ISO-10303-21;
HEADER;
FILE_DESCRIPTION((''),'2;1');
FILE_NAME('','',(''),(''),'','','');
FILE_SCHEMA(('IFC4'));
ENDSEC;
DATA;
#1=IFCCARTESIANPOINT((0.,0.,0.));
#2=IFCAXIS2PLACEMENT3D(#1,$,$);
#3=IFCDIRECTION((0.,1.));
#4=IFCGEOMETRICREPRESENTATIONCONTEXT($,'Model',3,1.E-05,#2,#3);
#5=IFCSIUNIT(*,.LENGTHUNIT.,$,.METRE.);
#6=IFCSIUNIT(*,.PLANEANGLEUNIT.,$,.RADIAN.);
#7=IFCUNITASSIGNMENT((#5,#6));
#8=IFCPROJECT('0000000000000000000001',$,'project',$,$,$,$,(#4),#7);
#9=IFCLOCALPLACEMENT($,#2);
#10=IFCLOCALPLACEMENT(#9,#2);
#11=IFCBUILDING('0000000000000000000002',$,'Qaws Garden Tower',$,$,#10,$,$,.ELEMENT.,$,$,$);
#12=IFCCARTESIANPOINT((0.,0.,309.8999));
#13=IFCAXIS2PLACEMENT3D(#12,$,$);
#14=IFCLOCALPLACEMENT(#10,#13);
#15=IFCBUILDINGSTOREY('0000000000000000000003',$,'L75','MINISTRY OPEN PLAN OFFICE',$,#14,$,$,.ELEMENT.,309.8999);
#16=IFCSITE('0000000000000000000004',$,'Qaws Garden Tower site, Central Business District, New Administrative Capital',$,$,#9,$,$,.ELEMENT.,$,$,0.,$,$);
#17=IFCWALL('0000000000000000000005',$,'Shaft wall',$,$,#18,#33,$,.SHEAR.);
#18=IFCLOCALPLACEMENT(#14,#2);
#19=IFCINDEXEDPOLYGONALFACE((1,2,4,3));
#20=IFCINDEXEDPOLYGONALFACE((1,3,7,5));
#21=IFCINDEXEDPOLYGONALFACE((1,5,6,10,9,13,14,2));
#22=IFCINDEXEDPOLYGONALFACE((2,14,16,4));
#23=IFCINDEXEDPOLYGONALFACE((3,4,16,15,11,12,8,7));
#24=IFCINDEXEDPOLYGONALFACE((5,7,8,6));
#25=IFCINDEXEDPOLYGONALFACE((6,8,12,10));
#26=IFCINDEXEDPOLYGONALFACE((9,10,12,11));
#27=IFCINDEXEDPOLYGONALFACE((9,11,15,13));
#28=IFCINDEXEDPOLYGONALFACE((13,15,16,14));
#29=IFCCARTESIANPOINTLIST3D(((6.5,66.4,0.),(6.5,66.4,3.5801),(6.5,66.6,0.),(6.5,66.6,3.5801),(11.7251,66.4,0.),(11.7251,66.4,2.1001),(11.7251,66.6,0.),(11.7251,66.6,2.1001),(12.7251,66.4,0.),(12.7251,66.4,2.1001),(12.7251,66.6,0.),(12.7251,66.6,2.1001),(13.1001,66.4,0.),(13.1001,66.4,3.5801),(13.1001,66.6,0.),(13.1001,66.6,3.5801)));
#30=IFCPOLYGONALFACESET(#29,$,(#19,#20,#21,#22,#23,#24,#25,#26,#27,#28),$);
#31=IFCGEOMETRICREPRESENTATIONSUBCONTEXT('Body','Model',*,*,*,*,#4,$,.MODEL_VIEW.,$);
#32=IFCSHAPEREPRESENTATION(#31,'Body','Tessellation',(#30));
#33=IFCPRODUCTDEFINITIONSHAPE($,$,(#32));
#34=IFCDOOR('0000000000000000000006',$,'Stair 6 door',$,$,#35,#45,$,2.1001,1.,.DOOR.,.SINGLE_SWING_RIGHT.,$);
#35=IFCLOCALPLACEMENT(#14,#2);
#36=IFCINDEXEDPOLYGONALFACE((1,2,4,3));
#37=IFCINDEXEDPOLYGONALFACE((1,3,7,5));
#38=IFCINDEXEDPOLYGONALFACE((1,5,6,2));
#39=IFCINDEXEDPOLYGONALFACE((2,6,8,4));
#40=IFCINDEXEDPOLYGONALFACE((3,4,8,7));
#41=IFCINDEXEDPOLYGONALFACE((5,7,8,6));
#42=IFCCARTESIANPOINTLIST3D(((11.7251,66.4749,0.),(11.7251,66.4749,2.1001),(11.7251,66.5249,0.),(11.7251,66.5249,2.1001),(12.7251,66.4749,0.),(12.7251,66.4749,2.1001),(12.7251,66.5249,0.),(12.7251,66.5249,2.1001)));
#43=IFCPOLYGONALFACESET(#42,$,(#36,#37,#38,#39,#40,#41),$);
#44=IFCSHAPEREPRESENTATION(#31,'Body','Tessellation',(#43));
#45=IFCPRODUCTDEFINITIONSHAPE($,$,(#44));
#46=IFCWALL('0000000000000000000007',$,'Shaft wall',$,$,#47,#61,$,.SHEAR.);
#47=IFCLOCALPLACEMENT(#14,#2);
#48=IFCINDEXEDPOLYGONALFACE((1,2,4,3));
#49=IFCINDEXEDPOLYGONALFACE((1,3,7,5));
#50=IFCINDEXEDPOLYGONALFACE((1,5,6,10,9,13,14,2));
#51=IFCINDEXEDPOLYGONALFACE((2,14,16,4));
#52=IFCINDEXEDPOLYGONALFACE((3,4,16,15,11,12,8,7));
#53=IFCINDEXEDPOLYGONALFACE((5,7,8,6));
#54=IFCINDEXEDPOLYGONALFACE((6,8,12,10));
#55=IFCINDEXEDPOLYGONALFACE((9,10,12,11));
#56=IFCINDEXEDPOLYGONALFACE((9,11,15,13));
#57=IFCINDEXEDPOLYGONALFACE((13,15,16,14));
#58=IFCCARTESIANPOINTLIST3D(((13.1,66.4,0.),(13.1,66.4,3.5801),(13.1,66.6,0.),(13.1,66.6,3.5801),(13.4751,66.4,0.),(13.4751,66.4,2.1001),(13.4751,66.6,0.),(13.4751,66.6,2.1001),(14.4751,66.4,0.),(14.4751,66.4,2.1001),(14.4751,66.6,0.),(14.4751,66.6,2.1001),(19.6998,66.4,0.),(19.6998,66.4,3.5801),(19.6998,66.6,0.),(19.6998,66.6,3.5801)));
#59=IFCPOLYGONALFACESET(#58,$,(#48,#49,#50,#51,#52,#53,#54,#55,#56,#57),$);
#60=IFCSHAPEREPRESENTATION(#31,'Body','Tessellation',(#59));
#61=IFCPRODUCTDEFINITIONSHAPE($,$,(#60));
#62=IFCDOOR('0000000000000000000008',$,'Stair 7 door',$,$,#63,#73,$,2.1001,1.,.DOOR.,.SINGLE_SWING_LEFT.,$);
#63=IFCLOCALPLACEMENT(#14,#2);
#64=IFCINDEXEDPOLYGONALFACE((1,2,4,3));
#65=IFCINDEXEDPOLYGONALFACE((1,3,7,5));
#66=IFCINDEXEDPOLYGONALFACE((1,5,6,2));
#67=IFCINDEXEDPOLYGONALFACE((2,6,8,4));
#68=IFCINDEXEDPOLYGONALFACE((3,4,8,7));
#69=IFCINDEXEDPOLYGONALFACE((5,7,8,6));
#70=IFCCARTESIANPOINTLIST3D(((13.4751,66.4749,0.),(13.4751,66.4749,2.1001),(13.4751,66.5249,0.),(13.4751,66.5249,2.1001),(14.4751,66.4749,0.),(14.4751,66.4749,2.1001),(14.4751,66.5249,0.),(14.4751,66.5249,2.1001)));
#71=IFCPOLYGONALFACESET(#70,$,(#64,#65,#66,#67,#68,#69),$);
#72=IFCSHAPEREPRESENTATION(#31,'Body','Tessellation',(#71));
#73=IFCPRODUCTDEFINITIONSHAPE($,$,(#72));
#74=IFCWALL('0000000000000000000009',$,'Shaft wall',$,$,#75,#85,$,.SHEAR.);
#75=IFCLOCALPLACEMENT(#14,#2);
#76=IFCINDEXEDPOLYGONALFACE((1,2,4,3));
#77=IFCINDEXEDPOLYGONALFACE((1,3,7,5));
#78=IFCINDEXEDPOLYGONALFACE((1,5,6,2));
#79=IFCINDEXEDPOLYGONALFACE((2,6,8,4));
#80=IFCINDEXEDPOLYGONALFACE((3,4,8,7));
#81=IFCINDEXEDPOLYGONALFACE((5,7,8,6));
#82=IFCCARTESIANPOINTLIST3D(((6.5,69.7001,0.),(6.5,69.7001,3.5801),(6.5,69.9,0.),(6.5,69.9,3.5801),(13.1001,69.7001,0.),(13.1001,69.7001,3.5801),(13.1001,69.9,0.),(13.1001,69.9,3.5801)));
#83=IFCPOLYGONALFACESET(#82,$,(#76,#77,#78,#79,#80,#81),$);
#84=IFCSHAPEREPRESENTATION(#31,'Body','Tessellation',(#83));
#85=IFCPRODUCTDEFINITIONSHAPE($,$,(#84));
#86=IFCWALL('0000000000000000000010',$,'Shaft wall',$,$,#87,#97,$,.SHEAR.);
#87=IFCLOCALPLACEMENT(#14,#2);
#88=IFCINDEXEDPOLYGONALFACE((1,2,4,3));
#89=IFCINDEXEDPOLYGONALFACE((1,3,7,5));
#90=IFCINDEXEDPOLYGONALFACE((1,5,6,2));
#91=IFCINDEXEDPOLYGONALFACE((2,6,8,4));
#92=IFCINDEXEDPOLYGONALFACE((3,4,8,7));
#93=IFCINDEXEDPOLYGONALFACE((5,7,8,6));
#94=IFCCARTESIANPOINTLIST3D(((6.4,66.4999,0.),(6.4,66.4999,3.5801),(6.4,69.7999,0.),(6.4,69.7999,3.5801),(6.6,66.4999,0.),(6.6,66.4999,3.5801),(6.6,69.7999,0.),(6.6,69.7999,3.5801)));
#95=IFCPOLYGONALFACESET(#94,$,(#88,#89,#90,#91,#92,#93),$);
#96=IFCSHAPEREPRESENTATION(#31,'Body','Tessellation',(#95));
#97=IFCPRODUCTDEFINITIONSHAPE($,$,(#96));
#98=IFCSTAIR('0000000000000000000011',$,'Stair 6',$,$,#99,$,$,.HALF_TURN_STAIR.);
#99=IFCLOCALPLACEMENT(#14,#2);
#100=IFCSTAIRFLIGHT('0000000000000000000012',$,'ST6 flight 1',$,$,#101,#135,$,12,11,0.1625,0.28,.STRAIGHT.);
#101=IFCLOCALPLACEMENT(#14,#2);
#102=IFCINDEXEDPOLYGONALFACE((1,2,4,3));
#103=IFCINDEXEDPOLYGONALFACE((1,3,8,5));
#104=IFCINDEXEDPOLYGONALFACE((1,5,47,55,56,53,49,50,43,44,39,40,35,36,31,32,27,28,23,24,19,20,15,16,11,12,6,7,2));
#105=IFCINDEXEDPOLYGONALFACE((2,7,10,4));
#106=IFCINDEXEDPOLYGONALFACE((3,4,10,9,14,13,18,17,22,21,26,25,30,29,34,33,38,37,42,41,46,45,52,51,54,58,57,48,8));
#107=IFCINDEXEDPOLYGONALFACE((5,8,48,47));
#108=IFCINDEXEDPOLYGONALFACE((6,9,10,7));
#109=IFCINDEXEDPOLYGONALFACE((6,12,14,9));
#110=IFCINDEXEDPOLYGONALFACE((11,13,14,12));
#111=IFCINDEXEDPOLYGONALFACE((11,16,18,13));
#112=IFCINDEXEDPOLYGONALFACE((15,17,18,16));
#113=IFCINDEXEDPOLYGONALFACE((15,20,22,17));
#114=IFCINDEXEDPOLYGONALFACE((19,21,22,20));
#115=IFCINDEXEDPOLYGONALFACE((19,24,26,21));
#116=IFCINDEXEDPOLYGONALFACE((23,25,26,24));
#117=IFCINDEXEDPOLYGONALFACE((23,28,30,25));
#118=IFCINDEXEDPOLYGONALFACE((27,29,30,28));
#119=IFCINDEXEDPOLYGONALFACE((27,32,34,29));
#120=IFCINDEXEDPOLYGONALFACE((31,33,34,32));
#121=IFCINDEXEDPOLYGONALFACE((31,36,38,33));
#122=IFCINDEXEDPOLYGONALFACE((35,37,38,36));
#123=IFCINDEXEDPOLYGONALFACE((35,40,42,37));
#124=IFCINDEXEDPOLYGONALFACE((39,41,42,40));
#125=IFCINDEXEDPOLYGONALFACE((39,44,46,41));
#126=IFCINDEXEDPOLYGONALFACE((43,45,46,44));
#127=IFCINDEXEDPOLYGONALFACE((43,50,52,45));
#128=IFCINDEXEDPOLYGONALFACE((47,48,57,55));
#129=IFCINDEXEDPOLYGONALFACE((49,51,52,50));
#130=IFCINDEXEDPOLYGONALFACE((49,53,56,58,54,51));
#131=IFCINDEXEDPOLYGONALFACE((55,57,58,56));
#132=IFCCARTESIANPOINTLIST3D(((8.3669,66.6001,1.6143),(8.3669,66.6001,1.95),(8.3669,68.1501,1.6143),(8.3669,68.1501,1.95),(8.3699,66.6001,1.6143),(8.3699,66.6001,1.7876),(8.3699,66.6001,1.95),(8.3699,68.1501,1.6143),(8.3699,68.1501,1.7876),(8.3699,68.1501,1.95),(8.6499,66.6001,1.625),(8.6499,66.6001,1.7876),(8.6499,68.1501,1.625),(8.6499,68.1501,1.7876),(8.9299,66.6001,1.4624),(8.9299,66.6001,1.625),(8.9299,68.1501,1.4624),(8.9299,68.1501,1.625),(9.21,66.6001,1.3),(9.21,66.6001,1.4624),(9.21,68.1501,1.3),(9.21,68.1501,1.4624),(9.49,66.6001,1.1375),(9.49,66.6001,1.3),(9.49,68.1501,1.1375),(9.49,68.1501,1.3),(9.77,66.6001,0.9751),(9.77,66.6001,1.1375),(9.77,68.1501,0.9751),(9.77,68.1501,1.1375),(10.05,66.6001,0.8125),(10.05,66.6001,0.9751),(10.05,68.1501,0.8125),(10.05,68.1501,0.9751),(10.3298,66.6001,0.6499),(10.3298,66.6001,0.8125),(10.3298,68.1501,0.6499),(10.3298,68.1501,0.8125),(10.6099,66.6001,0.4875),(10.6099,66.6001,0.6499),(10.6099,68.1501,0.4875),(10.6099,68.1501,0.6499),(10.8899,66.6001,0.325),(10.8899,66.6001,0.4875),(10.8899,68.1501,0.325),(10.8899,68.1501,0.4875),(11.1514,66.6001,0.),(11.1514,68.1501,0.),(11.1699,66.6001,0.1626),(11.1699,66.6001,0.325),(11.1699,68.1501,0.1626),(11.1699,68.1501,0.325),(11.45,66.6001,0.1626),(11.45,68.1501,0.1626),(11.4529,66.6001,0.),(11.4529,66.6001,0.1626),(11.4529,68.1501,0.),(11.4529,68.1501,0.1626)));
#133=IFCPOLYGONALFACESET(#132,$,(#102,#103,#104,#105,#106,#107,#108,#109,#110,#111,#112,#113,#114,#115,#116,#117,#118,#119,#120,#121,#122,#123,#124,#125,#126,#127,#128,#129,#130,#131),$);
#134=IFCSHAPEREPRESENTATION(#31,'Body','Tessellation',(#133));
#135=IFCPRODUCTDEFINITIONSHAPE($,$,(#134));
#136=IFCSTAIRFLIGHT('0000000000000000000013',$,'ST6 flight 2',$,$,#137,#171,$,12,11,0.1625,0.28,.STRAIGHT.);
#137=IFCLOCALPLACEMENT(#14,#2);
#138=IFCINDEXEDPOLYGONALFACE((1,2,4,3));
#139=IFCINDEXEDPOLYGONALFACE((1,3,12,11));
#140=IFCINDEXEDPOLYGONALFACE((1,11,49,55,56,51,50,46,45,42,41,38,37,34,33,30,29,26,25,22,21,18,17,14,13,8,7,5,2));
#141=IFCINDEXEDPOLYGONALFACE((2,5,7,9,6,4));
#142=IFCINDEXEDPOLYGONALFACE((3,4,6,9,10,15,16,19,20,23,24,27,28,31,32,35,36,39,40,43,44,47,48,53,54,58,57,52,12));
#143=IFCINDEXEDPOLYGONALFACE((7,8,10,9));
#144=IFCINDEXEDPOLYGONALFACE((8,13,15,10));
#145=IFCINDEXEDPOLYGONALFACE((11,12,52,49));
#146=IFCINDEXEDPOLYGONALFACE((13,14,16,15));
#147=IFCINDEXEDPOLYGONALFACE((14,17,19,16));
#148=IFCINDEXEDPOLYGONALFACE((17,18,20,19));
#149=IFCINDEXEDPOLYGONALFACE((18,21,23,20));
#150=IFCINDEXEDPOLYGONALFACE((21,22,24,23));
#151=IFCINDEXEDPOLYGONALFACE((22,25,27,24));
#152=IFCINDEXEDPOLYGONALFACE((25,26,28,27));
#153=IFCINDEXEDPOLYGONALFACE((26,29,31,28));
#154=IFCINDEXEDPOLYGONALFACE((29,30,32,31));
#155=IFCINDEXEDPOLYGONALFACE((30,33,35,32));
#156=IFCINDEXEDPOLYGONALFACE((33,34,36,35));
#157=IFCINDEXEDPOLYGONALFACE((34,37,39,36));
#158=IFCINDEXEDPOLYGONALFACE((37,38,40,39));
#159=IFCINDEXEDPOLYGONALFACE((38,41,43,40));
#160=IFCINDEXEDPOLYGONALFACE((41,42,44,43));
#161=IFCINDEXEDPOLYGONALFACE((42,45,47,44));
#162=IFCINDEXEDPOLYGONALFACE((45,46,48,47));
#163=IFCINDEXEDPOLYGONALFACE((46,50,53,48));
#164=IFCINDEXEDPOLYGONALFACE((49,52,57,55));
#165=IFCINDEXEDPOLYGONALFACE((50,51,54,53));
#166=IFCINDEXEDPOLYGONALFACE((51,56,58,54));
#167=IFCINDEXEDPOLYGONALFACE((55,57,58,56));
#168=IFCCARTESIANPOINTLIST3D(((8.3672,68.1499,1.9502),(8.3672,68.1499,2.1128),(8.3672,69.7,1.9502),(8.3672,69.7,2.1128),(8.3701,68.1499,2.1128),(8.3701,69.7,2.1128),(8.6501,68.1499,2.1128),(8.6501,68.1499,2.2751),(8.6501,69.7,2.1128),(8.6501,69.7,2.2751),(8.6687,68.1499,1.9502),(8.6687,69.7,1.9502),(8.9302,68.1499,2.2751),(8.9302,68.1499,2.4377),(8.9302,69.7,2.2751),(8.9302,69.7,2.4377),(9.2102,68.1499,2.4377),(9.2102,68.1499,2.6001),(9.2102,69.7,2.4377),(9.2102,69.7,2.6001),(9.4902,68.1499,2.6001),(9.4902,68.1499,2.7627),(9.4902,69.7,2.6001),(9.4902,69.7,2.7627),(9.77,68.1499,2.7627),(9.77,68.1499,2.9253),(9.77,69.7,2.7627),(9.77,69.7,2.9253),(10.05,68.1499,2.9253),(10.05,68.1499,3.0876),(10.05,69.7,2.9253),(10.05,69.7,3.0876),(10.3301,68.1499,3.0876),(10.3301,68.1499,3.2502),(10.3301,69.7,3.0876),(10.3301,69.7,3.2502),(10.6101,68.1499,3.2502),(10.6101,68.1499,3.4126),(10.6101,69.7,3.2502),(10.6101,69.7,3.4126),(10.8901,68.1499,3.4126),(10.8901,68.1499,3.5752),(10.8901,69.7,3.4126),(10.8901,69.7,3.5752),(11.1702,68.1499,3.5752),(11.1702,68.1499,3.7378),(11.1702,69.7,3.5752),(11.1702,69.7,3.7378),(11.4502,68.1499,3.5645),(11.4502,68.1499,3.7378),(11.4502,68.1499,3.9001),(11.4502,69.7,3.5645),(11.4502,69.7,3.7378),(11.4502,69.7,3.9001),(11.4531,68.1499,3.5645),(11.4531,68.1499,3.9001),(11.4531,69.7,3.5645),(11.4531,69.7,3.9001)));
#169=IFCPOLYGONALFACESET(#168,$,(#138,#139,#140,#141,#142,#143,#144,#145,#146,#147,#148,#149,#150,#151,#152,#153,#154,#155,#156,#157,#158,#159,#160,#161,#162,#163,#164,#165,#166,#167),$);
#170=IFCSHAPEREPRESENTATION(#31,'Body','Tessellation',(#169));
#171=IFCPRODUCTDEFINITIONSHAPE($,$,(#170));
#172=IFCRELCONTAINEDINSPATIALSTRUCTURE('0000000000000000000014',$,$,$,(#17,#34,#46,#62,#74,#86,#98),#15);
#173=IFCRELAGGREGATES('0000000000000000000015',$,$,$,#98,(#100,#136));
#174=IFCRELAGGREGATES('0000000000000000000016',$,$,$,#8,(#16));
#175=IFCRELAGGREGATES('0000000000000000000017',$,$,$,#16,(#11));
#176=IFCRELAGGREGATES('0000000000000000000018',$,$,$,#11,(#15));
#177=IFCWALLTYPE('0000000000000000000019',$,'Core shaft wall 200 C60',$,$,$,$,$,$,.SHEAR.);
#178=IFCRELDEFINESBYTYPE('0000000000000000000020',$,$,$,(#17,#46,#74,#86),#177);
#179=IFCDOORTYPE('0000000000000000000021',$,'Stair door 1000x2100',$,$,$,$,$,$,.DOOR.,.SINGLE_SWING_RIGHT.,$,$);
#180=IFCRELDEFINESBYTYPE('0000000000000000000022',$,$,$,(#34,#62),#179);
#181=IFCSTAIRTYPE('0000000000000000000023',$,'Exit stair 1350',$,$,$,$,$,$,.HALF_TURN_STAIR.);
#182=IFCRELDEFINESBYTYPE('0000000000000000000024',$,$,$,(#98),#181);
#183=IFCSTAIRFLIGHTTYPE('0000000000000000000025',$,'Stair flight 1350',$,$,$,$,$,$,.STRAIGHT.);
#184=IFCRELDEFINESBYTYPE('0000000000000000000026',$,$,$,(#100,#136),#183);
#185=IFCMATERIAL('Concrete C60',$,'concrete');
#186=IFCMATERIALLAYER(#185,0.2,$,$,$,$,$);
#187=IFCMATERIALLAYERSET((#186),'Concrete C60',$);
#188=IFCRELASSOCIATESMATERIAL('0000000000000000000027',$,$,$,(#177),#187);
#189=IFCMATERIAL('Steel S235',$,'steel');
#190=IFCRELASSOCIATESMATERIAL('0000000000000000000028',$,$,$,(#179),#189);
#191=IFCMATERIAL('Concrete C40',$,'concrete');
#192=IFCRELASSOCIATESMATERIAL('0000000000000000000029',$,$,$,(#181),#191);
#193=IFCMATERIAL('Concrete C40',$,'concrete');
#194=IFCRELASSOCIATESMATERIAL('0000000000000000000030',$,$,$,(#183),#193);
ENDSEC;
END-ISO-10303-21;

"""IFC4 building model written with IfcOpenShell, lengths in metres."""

from ifc_helpers import new_model, si_unit, direction, frame, frame_2d, origin, place, context, subcontext, project, spatial, polyline, rectangle, outline, extrude, material, layer, layer_set, type_object, element, fill, aggregate, save


model = new_model("IFC4")

# Units and contexts
model_context = context("Model", 3, precision=1e-05, world=origin(), true_north=direction((0.0, 1.0)))
body_context = subcontext(model_context, "Body", "Model", "MODEL_VIEW")
ifc_project = project(units=[si_unit("LENGTHUNIT", "METRE"), si_unit("PLANEANGLEUNIT", "RADIAN")], contexts=[model_context])

# Site, building, storey
site_placement = place(None, origin())
site = spatial("IfcSite", under=ifc_project, at=site_placement, Name="Qaws Garden Tower site, Central Business District, New Administrative Capital", CompositionType="ELEMENT", RefElevation=0.0)
building_placement = place(site_placement, origin())
building = spatial("IfcBuilding", under=site, at=building_placement, Name="Qaws Garden Tower", CompositionType="ELEMENT")
storey_placement = place(building_placement, frame((0.0, 0.0, 309.8999)))
storey = spatial("IfcBuildingStorey", under=building, at=storey_placement, Name="L75", Description="MINISTRY OPEN PLAN OFFICE", CompositionType="ELEMENT", Elevation=309.8999)

# Walls, openings, doors
ifc_material_1 = material(Name="Concrete C60", Category="concrete")
ifc_layer_1 = layer(ifc_material_1, 0.2)
ifc_layer_set_1 = layer_set([ifc_layer_1], Name="Concrete C60")
wall_type_1 = type_object("IfcWallType", Name="Core shaft wall 200 C60", PredefinedType="SHEAR", material=ifc_layer_set_1)
wall_1_placement = place(storey_placement, frame((6.5, 66.5, 0.0), z_axis=(0.0, 0.0, 1.0), x_axis=(1.0, 0.0, 0.0)))
wall_1 = element("IfcWall", 1, at=wall_1_placement, inside=storey, type_object=wall_type_1, Name="Shaft wall", PredefinedType="SHEAR", context=body_context, shape_type="SweptSolid", body=[
    extrude(rectangle(XDim=6.6001, YDim=0.2, at=frame_2d((3.3, 0.0))), origin(), (0.0, 0.0, 1.0), 3.5801),
])
opening_1_placement = place(wall_1_placement, frame((5.2251, 0.0, 0.0)))
opening_1 = element("IfcOpeningElement", 2, at=opening_1_placement, cuts=wall_1, PredefinedType="OPENING", context=body_context, shape_type="SweptSolid", body=[
    extrude(rectangle(XDim=1.0, YDim=2.1001, at=frame_2d((0.5, 1.05))), frame((0.0, 0.1099, 0.0), z_axis=(0.0, -1.0, 0.0), x_axis=(1.0, 0.0, 0.0)), (0.0, 0.0, 1.0), 0.22),
])
ifc_material_2 = material(Name="Steel S235", Category="steel")
door_type = type_object("IfcDoorType", Name="Stair door 1000x2100", OperationType="SINGLE_SWING_RIGHT", PredefinedType="DOOR", material=ifc_material_2)
door_1_placement = place(opening_1_placement, origin())
door_1 = element("IfcDoor", 3, at=door_1_placement, inside=storey, type_object=door_type, Name="Stair 6 door", OperationType="SINGLE_SWING_RIGHT", OverallHeight=2.1001, OverallWidth=1.0, PredefinedType="DOOR", context=body_context, shape_type="SweptSolid", body=[
    extrude(rectangle(XDim=1.0, YDim=2.1001, at=frame_2d((0.5, 1.05))), frame((0.0, 0.0249, 0.0), z_axis=(0.0, -1.0, 0.0), x_axis=(1.0, 0.0, 0.0)), (0.0, 0.0, 1.0), 0.05),
])
fill(opening_1, door_1)
wall_2_placement = place(storey_placement, frame((13.1001, 66.5, 0.0), z_axis=(0.0, 0.0, 1.0), x_axis=(1.0, 0.0, 0.0)))
wall_2 = element("IfcWall", 4, at=wall_2_placement, inside=storey, type_object=wall_type_1, Name="Shaft wall", PredefinedType="SHEAR", context=body_context, shape_type="SweptSolid", body=[
    extrude(rectangle(XDim=6.5999, YDim=0.2, at=frame_2d((3.2998, 0.0))), origin(), (0.0, 0.0, 1.0), 3.5801),
])
opening_2_placement = place(wall_2_placement, frame((0.375, 0.0, 0.0)))
opening_2 = element("IfcOpeningElement", 5, at=opening_2_placement, cuts=wall_2, PredefinedType="OPENING", context=body_context, shape_type="SweptSolid", body=[
    extrude(rectangle(XDim=1.0, YDim=2.1001, at=frame_2d((0.5, 1.05))), frame((0.0, 0.1099, 0.0), z_axis=(0.0, -1.0, 0.0), x_axis=(1.0, 0.0, 0.0)), (0.0, 0.0, 1.0), 0.22),
])
door_2_placement = place(opening_2_placement, origin())
door_2 = element("IfcDoor", 6, at=door_2_placement, inside=storey, type_object=door_type, Name="Stair 7 door", OperationType="SINGLE_SWING_LEFT", OverallHeight=2.1001, OverallWidth=1.0, PredefinedType="DOOR", context=body_context, shape_type="SweptSolid", body=[
    extrude(rectangle(XDim=1.0, YDim=2.1001, at=frame_2d((0.5, 1.05))), frame((0.0, 0.0249, 0.0), z_axis=(0.0, -1.0, 0.0), x_axis=(1.0, 0.0, 0.0)), (0.0, 0.0, 1.0), 0.05),
])
fill(opening_2, door_2)

# Walls
wall_3_placement = place(storey_placement, frame((6.5, 69.8, 0.0), z_axis=(0.0, 0.0, 1.0), x_axis=(1.0, 0.0, 0.0)))
element("IfcWall", 7, at=wall_3_placement, inside=storey, type_object=wall_type_1, Name="Shaft wall", PredefinedType="SHEAR", context=body_context, shape_type="SweptSolid", body=[
    extrude(rectangle(XDim=6.6001, YDim=0.2, at=frame_2d((3.3, 0.0))), origin(), (0.0, 0.0, 1.0), 3.5801),
])
wall_4_placement = place(storey_placement, frame((6.5, 66.5, 0.0), z_axis=(0.0, 0.0, 1.0), x_axis=(0.0, 1.0, 0.0)))
element("IfcWall", 8, at=wall_4_placement, inside=storey, type_object=wall_type_1, Name="Shaft wall", PredefinedType="SHEAR", context=body_context, shape_type="SweptSolid", body=[
    extrude(rectangle(XDim=3.3, YDim=0.2, at=frame_2d((1.6499, 0.0))), origin(), (0.0, 0.0, 1.0), 3.5801),
])

# Stair, stair flights
ifc_material_3 = material(Name="Concrete C40", Category="concrete")
stair_type = type_object("IfcStairType", Name="Exit stair 1350", PredefinedType="HALF_TURN_STAIR", material=ifc_material_3)
stair_placement = place(storey_placement, origin())
stair = element("IfcStair", 9, at=stair_placement, inside=storey, type_object=stair_type, Name="Stair 6", PredefinedType="HALF_TURN_STAIR")
ifc_material_4 = material(Name="Concrete C40", Category="concrete")
stair_flight_type = type_object("IfcStairFlightType", Name="Stair flight 1350", PredefinedType="STRAIGHT", material=ifc_material_4)
stair_flight_1_placement = place(storey_placement, frame((11.45, 67.375, 0.0), z_axis=(0.0, 0.0, 1.0), x_axis=(-1.0, 0.0, 0.0)))
stair_flight_1 = element("IfcStairFlight", 10, at=stair_flight_1_placement, type_object=stair_flight_type, Name="ST6 flight 1", NumberOfRisers=12, NumberOfTreads=11, PredefinedType="STRAIGHT", RiserHeight=0.1625, TreadLength=0.28, context=body_context, shape_type="SweptSolid", body=[
    extrude(outline(polyline([(-0.0029, 0.0), (-0.0029, 0.1626), (0.0, 0.1626), (0.28, 0.1626), (0.28, 0.325), (0.5601, 0.325), (0.5601, 0.4875), (0.8401, 0.4875), (0.8401, 0.6499), (1.1201, 0.6499), (1.1201, 0.8125), (1.3999, 0.8125), (1.3999, 0.9751), (1.6799, 0.9751), (1.6799, 1.1375), (1.96, 1.1375), (1.96, 1.3), (2.24, 1.3), (2.24, 1.4624), (2.52, 1.4624), (2.52, 1.625), (2.8, 1.625), (2.8, 1.7876), (3.0801, 1.7876), (3.0801, 1.95), (3.083, 1.95), (3.083, 1.6143), (3.0801, 1.6143), (0.2986, 0.0), (-0.0029, 0.0)])), frame((0.0, 0.7749, 0.0), z_axis=(0.0, -1.0, 0.0), x_axis=(1.0, 0.0, 0.0)), (0.0, 0.0, 1.0), 1.55),
])
stair_flight_2_placement = place(storey_placement, frame((8.3701, 68.925, 1.9502), z_axis=(0.0, 0.0, 1.0), x_axis=(1.0, 0.0, 0.0)))
stair_flight_2 = element("IfcStairFlight", 11, at=stair_flight_2_placement, type_object=stair_flight_type, Name="ST6 flight 2", NumberOfRisers=12, NumberOfTreads=11, PredefinedType="STRAIGHT", RiserHeight=0.1625, TreadLength=0.28, context=body_context, shape_type="SweptSolid", body=[
    extrude(outline(polyline([(-0.0029, 0.0), (-0.0029, 0.1626), (0.0, 0.1626), (0.28, 0.1626), (0.28, 0.325), (0.5601, 0.325), (0.5601, 0.4875), (0.8401, 0.4875), (0.8401, 0.6499), (1.1201, 0.6499), (1.1201, 0.8125), (1.3999, 0.8125), (1.3999, 0.9751), (1.6799, 0.9751), (1.6799, 1.1375), (1.96, 1.1375), (1.96, 1.3), (2.24, 1.3), (2.24, 1.4624), (2.52, 1.4624), (2.52, 1.625), (2.8, 1.625), (2.8, 1.7876), (3.0801, 1.7876), (3.0801, 1.95), (3.083, 1.95), (3.083, 1.6143), (3.0801, 1.6143), (0.2986, 0.0), (-0.0029, 0.0)])), frame((0.0, 0.7749, 0.0), z_axis=(0.0, -1.0, 0.0), x_axis=(1.0, 0.0, 0.0)), (0.0, 0.0, 1.0), 1.55),
])
aggregate(stair, [stair_flight_1, stair_flight_2])

save(model, "model.ifc")
